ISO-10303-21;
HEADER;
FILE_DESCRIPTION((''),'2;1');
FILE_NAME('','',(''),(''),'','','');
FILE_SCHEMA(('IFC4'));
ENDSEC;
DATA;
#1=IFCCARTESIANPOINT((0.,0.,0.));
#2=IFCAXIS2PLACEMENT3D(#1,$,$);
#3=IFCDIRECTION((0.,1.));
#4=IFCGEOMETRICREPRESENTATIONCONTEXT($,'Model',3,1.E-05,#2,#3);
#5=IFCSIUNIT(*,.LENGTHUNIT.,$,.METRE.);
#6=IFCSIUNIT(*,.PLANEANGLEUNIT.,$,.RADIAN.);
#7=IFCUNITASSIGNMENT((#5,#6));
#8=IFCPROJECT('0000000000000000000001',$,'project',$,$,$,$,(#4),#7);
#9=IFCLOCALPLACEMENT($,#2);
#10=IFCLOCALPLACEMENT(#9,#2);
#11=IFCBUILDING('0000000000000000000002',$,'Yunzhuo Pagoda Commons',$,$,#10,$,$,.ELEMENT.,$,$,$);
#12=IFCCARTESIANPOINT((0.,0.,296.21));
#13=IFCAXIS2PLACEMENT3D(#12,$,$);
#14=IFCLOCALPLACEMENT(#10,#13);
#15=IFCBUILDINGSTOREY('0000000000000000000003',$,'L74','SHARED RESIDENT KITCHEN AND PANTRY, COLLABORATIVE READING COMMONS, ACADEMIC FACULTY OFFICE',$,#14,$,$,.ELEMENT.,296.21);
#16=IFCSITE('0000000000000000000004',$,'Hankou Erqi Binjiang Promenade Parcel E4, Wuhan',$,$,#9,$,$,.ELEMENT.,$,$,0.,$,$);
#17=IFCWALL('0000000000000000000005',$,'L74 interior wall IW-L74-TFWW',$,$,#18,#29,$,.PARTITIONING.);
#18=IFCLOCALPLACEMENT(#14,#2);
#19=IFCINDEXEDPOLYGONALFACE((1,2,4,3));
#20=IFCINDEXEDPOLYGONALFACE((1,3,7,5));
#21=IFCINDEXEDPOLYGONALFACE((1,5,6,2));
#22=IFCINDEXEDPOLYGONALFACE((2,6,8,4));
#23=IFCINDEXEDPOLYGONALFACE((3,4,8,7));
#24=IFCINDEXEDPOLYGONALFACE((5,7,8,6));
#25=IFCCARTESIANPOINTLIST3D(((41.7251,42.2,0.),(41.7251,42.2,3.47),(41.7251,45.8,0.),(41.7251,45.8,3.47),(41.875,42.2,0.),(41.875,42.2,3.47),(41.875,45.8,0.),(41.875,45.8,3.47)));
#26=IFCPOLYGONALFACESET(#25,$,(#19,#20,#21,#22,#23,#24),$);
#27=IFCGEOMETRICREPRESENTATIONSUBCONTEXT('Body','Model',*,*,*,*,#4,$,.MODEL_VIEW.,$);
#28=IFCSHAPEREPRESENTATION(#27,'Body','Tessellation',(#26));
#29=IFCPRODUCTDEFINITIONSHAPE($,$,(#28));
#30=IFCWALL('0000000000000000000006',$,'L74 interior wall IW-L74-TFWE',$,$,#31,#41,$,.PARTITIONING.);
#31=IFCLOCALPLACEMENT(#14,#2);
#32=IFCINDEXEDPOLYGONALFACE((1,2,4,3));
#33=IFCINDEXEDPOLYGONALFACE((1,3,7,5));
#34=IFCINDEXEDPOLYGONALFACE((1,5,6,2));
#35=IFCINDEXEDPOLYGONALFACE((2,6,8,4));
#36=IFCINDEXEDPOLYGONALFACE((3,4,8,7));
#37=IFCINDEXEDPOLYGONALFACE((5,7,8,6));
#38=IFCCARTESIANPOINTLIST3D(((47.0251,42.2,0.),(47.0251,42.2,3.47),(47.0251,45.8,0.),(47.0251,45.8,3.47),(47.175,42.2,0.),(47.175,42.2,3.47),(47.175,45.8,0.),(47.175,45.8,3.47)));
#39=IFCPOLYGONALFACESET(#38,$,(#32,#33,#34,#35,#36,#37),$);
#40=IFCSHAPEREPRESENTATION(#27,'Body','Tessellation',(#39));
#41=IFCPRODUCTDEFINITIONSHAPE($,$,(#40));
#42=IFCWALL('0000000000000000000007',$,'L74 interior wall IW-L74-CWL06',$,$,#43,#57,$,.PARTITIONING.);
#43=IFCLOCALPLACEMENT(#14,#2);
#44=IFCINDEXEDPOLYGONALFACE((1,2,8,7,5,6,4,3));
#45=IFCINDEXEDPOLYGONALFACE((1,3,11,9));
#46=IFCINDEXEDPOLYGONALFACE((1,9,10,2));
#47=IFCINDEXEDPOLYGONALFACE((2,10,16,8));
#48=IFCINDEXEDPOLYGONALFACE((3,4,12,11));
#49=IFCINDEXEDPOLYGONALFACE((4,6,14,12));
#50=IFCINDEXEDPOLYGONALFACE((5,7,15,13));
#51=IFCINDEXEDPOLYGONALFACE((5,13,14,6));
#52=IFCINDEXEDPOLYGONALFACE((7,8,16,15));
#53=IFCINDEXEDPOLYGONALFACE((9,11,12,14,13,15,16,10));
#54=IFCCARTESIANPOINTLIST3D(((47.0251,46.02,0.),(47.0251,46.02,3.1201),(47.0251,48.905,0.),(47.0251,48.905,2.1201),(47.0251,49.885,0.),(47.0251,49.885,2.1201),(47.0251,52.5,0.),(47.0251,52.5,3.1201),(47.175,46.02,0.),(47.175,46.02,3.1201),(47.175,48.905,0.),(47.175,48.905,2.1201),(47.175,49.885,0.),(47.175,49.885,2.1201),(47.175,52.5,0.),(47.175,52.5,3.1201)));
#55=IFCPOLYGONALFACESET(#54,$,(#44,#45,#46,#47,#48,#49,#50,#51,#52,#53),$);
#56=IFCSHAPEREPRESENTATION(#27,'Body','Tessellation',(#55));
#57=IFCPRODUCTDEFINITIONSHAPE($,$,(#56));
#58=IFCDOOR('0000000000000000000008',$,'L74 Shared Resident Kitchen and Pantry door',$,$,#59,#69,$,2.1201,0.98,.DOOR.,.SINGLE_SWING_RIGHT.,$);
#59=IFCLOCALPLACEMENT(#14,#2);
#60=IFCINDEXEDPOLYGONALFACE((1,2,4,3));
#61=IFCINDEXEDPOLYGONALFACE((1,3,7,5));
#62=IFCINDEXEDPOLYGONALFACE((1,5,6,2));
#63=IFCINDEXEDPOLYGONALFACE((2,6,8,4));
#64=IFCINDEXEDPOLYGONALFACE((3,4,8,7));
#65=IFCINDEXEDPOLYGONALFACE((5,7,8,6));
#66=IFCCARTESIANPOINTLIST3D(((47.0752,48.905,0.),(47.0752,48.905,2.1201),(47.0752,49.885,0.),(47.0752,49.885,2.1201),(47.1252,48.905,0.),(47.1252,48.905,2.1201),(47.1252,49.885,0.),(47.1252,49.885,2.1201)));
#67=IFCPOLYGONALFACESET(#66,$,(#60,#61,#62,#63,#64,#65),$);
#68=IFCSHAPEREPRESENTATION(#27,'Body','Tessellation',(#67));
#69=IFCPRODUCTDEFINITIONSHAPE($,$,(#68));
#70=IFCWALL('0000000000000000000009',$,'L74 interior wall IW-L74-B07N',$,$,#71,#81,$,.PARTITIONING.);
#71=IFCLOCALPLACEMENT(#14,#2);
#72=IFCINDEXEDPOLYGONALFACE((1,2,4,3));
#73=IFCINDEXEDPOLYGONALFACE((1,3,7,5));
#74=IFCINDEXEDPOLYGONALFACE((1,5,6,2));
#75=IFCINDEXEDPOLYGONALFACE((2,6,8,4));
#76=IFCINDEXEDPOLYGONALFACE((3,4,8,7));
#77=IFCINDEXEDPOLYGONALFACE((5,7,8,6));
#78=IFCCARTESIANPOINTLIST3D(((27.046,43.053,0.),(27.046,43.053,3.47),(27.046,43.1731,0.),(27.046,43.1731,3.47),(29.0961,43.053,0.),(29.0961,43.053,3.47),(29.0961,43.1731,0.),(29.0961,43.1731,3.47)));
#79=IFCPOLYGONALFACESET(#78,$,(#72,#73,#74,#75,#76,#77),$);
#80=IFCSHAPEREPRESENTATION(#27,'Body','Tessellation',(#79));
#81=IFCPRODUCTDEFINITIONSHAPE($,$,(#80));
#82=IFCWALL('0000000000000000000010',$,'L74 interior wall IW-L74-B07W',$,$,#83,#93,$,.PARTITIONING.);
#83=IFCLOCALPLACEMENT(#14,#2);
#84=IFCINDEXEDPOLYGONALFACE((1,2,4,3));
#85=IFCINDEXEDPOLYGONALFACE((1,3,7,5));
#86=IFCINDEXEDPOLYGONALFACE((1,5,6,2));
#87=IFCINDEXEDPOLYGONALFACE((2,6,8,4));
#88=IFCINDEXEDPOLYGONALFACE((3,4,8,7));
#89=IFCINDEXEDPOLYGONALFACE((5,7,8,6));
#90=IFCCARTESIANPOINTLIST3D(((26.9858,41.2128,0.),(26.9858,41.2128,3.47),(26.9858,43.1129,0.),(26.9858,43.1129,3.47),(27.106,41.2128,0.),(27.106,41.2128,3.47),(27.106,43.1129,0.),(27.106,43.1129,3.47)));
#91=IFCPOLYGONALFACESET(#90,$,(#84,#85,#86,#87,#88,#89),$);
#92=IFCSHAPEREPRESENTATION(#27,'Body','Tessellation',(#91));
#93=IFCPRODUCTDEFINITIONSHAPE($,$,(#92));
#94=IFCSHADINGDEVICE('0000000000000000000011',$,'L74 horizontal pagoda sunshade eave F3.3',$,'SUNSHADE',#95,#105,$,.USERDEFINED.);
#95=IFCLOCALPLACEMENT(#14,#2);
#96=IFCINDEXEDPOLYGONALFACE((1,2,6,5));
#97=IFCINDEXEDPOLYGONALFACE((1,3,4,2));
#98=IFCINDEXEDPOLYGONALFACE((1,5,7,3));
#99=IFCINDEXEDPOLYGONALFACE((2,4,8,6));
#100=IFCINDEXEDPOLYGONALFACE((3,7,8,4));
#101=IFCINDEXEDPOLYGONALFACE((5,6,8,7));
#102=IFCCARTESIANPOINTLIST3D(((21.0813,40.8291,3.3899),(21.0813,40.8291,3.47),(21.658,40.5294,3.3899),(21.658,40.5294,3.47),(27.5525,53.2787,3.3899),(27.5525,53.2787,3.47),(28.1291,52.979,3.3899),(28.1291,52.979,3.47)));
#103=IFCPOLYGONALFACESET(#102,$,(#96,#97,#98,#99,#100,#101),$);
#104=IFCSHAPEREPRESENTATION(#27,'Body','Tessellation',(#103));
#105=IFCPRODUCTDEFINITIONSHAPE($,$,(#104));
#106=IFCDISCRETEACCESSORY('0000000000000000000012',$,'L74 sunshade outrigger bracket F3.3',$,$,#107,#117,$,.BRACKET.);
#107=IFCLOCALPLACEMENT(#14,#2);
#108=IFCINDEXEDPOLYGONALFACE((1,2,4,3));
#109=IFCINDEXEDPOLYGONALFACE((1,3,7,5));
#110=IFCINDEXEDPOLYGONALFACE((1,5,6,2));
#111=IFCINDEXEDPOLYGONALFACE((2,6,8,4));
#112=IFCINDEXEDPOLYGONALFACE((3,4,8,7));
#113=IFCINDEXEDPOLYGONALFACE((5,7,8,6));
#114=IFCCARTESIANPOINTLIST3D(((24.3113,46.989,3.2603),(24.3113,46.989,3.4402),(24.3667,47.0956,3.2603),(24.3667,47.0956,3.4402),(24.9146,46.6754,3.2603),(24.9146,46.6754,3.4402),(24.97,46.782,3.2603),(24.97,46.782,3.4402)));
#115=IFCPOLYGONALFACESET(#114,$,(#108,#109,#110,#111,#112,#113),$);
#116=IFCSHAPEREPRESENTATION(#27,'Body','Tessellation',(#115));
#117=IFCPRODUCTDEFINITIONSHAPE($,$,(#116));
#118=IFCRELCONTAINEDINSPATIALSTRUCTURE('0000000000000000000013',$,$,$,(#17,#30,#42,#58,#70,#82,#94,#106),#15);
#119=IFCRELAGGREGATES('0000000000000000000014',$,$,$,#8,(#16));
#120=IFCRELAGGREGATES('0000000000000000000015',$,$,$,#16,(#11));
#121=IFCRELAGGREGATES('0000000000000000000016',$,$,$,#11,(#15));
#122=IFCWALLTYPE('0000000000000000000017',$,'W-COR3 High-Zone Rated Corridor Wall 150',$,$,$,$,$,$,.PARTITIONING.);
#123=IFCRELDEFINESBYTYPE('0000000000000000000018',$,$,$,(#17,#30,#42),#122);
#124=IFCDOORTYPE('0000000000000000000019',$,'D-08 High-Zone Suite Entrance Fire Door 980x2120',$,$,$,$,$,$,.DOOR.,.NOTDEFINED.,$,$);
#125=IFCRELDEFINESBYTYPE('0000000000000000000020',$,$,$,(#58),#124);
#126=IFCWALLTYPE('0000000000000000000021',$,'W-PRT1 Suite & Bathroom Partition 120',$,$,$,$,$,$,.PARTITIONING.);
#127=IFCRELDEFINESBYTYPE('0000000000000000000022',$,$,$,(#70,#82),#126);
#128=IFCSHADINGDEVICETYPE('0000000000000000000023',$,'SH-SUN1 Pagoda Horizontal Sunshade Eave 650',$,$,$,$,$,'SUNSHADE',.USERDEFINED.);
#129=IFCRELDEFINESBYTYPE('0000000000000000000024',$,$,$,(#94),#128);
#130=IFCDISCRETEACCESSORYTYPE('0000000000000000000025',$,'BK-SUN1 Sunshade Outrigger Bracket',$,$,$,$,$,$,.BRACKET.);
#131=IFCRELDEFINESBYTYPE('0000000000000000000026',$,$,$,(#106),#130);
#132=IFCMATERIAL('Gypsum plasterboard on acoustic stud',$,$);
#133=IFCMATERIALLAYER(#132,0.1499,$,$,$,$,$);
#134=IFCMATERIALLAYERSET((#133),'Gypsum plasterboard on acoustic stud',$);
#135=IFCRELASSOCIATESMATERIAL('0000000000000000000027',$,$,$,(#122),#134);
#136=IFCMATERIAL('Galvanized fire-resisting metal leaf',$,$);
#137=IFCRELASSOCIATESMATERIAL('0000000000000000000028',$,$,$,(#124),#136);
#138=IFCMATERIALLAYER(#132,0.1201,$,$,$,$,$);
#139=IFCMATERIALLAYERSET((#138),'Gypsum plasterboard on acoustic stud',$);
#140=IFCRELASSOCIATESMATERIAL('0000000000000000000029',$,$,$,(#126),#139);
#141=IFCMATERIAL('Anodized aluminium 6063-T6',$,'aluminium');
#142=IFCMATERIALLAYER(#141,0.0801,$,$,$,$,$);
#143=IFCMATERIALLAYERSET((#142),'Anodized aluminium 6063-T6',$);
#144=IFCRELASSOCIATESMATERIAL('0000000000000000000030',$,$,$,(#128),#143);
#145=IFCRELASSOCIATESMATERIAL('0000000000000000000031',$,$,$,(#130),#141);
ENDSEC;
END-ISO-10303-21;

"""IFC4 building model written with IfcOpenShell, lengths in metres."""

from ifc_helpers import new_model, si_unit, direction, frame, frame_2d, origin, origin_with_axes, origin_2d, place, context, subcontext, project, spatial, rectangle, extrude, source, transform, mapped, material, layer, layer_set, type_object, element, fill, save


model = new_model("IFC4")

# Units and contexts
model_context = context("Model", 3, precision=1e-05, world=origin(), true_north=direction((0.0, 1.0)))
body_context = subcontext(model_context, "Body", "Model", "MODEL_VIEW")
ifc_project = project(units=[si_unit("LENGTHUNIT", "METRE"), si_unit("PLANEANGLEUNIT", "RADIAN")], contexts=[model_context])

# Site, building, storey
site_placement = place(None, origin())
site = spatial("IfcSite", under=ifc_project, at=site_placement, Name="Hankou Erqi Binjiang Promenade Parcel E4, Wuhan", CompositionType="ELEMENT", RefElevation=0.0)
building_placement = place(site_placement, origin())
building = spatial("IfcBuilding", under=site, at=building_placement, Name="Yunzhuo Pagoda Commons", CompositionType="ELEMENT")
storey_placement = place(building_placement, frame((0.0, 0.0, 296.21)))
storey = spatial("IfcBuildingStorey", under=building, at=storey_placement, Name="L74", Description="SHARED RESIDENT KITCHEN AND PANTRY, COLLABORATIVE READING COMMONS, ACADEMIC FACULTY OFFICE", CompositionType="ELEMENT", Elevation=296.21)

# Shared definitions
ifc_material_1 = material(Name="Anodized aluminium 6063-T6", Category="aluminium")

# Walls
ifc_material_2 = material(Name="Gypsum plasterboard on acoustic stud")
ifc_layer_1 = layer(ifc_material_2, 0.1499)
ifc_layer_set_1 = layer_set([ifc_layer_1], Name="Gypsum plasterboard on acoustic stud")
wall_type_1 = type_object("IfcWallType", Name="W-COR3 High-Zone Rated Corridor Wall 150", PredefinedType="PARTITIONING", material=ifc_layer_set_1)
for number, where, z_axis, x_axis, name in (
    (1, (41.8, 42.2, 0.0), (0.0, 0.0, 1.0), (0.0, 1.0, 0.0), "L74 interior wall IW-L74-TFWW"),
    (2, (47.1001, 42.2, 0.0), (0.0, 0.0, 1.0), (0.0, 1.0, 0.0), "L74 interior wall IW-L74-TFWE"),
):
    element("IfcWall", number, at=place(storey_placement, frame(where, z_axis=z_axis, x_axis=x_axis)), inside=storey, type_object=wall_type_1, Name=name, PredefinedType="PARTITIONING", context=body_context, shape_type="SweptSolid", body=[
        extrude(rectangle(XDim=3.6001, YDim=0.1499, at=frame_2d((1.8, 0.0))), origin(), (0.0, 0.0, 1.0), 3.47),
    ])

# Wall, opening, door
wall_1_placement = place(storey_placement, frame((47.1001, 46.02, 0.0), z_axis=(0.0, 0.0, 1.0), x_axis=(0.0, 1.0, 0.0)))
wall_1 = element("IfcWall", 3, at=wall_1_placement, inside=storey, type_object=wall_type_1, Name="L74 interior wall IW-L74-CWL06", PredefinedType="PARTITIONING", context=body_context, shape_type="SweptSolid", body=[
    extrude(rectangle(XDim=6.48, YDim=0.1499, at=frame_2d((3.24, 0.0))), origin(), (0.0, 0.0, 1.0), 3.1201),
])
opening_placement = place(wall_1_placement, frame((2.885, 0.0, 0.0)))
opening = element("IfcOpeningElement", 4, at=opening_placement, cuts=wall_1, PredefinedType="OPENING", context=body_context, shape_type="SweptSolid", body=[
    extrude(rectangle(XDim=0.98, YDim=2.1201, at=frame_2d((0.49, 1.0601))), frame((0.0, 0.085, 0.0), z_axis=(0.0, -1.0, 0.0), x_axis=(1.0, 0.0, 0.0)), (0.0, 0.0, 1.0), 0.1699),
])
ifc_material_3 = material(Name="Galvanized fire-resisting metal leaf")
door_type = type_object("IfcDoorType", Name="D-08 High-Zone Suite Entrance Fire Door 980x2120", OperationType="NOTDEFINED", PredefinedType="DOOR", material=ifc_material_3)
shared_shape_1 = source(origin(), body_context, "Body", "SweptSolid", [
    extrude(rectangle(XDim=0.98, YDim=2.1201, at=frame_2d((0.49, 1.0601))), frame((0.0, 0.0249, 0.0), z_axis=(0.0, -1.0, 0.0), x_axis=(1.0, 0.0, 0.0)), (0.0, 0.0, 1.0), 0.05),
])
door_placement = place(opening_placement, origin_with_axes())
door = element("IfcDoor", 5, at=door_placement, inside=storey, type_object=door_type, Name="L74 Shared Resident Kitchen and Pantry door", OperationType="SINGLE_SWING_RIGHT", OverallHeight=2.1201, OverallWidth=0.98, PredefinedType="DOOR", context=body_context, shape_type="MappedRepresentation", body=[
    mapped(shared_shape_1, transform((0.0, 0.0, 0.0), scale=1.0)),
])
fill(opening, door)

# Walls
ifc_layer_2 = layer(ifc_material_2, 0.1201)
ifc_layer_set_2 = layer_set([ifc_layer_2], Name="Gypsum plasterboard on acoustic stud")
wall_type_2 = type_object("IfcWallType", Name="W-PRT1 Suite & Bathroom Partition 120", PredefinedType="PARTITIONING", material=ifc_layer_set_2)
wall_2_placement = place(storey_placement, frame((29.0959, 43.113, 0.0), z_axis=(0.0, 0.0, 1.0), x_axis=(-1.0, 0.0, 0.0)))
element("IfcWall", 6, at=wall_2_placement, inside=storey, type_object=wall_type_2, Name="L74 interior wall IW-L74-B07N", PredefinedType="PARTITIONING", context=body_context, shape_type="SweptSolid", body=[
    extrude(rectangle(XDim=2.05, YDim=0.1201, at=frame_2d((1.0249, 0.0))), origin(), (0.0, 0.0, 1.0), 3.47),
])
wall_3_placement = place(storey_placement, frame((27.0459, 43.113, 0.0), z_axis=(0.0, 0.0, 1.0), x_axis=(0.0, -1.0, 0.0)))
element("IfcWall", 7, at=wall_3_placement, inside=storey, type_object=wall_type_2, Name="L74 interior wall IW-L74-B07W", PredefinedType="PARTITIONING", context=body_context, shape_type="SweptSolid", body=[
    extrude(rectangle(XDim=1.9001, YDim=0.1201, at=frame_2d((0.9502, 0.0))), origin(), (0.0, 0.0, 1.0), 3.47),
])

# Shading device
ifc_layer_3 = layer(ifc_material_1, 0.0801)
ifc_layer_set_3 = layer_set([ifc_layer_3], Name="Anodized aluminium 6063-T6")
shading_device_type = type_object("IfcShadingDeviceType", Name="SH-SUN1 Pagoda Horizontal Sunshade Eave 650", ElementType="SUNSHADE", PredefinedType="USERDEFINED", material=ifc_layer_set_3)
shared_shape_2 = source(origin(), body_context, "Body", "SweptSolid", [
    extrude(rectangle(XDim=14.031, YDim=0.6499, at=origin_2d()), origin(), (0.0, 0.0, 1.0), 0.0801),
])
shading_device_placement = place(storey_placement, frame((24.6052, 46.9041, 3.3899), z_axis=(0.0, 0.0, 1.0), x_axis=(-0.461207, -0.887293, 0.0)))
element("IfcShadingDevice", 8, at=shading_device_placement, inside=storey, type_object=shading_device_type, Name="L74 horizontal pagoda sunshade eave F3.3", ObjectType="SUNSHADE", PredefinedType="USERDEFINED", context=body_context, shape_type="MappedRepresentation", body=[
    mapped(shared_shape_2, transform((0.0, 0.0, 0.0), scale=1.0)),
])

# Discrete accessory
discrete_accessory_type = type_object("IfcDiscreteAccessoryType", Name="BK-SUN1 Sunshade Outrigger Bracket", PredefinedType="BRACKET", material=ifc_material_1)
shared_shape_3 = source(origin(), body_context, "Body", "SweptSolid", [
    extrude(rectangle(XDim=0.1201, YDim=0.6799, at=origin_2d()), origin(), (0.0, 0.0, 1.0), 0.1799),
])
discrete_accessory_placement = place(storey_placement, frame((24.6406, 46.8855, 3.2603), z_axis=(0.0, 0.0, 1.0), x_axis=(-0.461207, -0.887293, 0.0)))
element("IfcDiscreteAccessory", 9, at=discrete_accessory_placement, inside=storey, type_object=discrete_accessory_type, Name="L74 sunshade outrigger bracket F3.3", PredefinedType="BRACKET", context=body_context, shape_type="MappedRepresentation", body=[
    mapped(shared_shape_3, transform((0.0, 0.0, 0.0), scale=1.0)),
])

save(model, "model.ifc")
